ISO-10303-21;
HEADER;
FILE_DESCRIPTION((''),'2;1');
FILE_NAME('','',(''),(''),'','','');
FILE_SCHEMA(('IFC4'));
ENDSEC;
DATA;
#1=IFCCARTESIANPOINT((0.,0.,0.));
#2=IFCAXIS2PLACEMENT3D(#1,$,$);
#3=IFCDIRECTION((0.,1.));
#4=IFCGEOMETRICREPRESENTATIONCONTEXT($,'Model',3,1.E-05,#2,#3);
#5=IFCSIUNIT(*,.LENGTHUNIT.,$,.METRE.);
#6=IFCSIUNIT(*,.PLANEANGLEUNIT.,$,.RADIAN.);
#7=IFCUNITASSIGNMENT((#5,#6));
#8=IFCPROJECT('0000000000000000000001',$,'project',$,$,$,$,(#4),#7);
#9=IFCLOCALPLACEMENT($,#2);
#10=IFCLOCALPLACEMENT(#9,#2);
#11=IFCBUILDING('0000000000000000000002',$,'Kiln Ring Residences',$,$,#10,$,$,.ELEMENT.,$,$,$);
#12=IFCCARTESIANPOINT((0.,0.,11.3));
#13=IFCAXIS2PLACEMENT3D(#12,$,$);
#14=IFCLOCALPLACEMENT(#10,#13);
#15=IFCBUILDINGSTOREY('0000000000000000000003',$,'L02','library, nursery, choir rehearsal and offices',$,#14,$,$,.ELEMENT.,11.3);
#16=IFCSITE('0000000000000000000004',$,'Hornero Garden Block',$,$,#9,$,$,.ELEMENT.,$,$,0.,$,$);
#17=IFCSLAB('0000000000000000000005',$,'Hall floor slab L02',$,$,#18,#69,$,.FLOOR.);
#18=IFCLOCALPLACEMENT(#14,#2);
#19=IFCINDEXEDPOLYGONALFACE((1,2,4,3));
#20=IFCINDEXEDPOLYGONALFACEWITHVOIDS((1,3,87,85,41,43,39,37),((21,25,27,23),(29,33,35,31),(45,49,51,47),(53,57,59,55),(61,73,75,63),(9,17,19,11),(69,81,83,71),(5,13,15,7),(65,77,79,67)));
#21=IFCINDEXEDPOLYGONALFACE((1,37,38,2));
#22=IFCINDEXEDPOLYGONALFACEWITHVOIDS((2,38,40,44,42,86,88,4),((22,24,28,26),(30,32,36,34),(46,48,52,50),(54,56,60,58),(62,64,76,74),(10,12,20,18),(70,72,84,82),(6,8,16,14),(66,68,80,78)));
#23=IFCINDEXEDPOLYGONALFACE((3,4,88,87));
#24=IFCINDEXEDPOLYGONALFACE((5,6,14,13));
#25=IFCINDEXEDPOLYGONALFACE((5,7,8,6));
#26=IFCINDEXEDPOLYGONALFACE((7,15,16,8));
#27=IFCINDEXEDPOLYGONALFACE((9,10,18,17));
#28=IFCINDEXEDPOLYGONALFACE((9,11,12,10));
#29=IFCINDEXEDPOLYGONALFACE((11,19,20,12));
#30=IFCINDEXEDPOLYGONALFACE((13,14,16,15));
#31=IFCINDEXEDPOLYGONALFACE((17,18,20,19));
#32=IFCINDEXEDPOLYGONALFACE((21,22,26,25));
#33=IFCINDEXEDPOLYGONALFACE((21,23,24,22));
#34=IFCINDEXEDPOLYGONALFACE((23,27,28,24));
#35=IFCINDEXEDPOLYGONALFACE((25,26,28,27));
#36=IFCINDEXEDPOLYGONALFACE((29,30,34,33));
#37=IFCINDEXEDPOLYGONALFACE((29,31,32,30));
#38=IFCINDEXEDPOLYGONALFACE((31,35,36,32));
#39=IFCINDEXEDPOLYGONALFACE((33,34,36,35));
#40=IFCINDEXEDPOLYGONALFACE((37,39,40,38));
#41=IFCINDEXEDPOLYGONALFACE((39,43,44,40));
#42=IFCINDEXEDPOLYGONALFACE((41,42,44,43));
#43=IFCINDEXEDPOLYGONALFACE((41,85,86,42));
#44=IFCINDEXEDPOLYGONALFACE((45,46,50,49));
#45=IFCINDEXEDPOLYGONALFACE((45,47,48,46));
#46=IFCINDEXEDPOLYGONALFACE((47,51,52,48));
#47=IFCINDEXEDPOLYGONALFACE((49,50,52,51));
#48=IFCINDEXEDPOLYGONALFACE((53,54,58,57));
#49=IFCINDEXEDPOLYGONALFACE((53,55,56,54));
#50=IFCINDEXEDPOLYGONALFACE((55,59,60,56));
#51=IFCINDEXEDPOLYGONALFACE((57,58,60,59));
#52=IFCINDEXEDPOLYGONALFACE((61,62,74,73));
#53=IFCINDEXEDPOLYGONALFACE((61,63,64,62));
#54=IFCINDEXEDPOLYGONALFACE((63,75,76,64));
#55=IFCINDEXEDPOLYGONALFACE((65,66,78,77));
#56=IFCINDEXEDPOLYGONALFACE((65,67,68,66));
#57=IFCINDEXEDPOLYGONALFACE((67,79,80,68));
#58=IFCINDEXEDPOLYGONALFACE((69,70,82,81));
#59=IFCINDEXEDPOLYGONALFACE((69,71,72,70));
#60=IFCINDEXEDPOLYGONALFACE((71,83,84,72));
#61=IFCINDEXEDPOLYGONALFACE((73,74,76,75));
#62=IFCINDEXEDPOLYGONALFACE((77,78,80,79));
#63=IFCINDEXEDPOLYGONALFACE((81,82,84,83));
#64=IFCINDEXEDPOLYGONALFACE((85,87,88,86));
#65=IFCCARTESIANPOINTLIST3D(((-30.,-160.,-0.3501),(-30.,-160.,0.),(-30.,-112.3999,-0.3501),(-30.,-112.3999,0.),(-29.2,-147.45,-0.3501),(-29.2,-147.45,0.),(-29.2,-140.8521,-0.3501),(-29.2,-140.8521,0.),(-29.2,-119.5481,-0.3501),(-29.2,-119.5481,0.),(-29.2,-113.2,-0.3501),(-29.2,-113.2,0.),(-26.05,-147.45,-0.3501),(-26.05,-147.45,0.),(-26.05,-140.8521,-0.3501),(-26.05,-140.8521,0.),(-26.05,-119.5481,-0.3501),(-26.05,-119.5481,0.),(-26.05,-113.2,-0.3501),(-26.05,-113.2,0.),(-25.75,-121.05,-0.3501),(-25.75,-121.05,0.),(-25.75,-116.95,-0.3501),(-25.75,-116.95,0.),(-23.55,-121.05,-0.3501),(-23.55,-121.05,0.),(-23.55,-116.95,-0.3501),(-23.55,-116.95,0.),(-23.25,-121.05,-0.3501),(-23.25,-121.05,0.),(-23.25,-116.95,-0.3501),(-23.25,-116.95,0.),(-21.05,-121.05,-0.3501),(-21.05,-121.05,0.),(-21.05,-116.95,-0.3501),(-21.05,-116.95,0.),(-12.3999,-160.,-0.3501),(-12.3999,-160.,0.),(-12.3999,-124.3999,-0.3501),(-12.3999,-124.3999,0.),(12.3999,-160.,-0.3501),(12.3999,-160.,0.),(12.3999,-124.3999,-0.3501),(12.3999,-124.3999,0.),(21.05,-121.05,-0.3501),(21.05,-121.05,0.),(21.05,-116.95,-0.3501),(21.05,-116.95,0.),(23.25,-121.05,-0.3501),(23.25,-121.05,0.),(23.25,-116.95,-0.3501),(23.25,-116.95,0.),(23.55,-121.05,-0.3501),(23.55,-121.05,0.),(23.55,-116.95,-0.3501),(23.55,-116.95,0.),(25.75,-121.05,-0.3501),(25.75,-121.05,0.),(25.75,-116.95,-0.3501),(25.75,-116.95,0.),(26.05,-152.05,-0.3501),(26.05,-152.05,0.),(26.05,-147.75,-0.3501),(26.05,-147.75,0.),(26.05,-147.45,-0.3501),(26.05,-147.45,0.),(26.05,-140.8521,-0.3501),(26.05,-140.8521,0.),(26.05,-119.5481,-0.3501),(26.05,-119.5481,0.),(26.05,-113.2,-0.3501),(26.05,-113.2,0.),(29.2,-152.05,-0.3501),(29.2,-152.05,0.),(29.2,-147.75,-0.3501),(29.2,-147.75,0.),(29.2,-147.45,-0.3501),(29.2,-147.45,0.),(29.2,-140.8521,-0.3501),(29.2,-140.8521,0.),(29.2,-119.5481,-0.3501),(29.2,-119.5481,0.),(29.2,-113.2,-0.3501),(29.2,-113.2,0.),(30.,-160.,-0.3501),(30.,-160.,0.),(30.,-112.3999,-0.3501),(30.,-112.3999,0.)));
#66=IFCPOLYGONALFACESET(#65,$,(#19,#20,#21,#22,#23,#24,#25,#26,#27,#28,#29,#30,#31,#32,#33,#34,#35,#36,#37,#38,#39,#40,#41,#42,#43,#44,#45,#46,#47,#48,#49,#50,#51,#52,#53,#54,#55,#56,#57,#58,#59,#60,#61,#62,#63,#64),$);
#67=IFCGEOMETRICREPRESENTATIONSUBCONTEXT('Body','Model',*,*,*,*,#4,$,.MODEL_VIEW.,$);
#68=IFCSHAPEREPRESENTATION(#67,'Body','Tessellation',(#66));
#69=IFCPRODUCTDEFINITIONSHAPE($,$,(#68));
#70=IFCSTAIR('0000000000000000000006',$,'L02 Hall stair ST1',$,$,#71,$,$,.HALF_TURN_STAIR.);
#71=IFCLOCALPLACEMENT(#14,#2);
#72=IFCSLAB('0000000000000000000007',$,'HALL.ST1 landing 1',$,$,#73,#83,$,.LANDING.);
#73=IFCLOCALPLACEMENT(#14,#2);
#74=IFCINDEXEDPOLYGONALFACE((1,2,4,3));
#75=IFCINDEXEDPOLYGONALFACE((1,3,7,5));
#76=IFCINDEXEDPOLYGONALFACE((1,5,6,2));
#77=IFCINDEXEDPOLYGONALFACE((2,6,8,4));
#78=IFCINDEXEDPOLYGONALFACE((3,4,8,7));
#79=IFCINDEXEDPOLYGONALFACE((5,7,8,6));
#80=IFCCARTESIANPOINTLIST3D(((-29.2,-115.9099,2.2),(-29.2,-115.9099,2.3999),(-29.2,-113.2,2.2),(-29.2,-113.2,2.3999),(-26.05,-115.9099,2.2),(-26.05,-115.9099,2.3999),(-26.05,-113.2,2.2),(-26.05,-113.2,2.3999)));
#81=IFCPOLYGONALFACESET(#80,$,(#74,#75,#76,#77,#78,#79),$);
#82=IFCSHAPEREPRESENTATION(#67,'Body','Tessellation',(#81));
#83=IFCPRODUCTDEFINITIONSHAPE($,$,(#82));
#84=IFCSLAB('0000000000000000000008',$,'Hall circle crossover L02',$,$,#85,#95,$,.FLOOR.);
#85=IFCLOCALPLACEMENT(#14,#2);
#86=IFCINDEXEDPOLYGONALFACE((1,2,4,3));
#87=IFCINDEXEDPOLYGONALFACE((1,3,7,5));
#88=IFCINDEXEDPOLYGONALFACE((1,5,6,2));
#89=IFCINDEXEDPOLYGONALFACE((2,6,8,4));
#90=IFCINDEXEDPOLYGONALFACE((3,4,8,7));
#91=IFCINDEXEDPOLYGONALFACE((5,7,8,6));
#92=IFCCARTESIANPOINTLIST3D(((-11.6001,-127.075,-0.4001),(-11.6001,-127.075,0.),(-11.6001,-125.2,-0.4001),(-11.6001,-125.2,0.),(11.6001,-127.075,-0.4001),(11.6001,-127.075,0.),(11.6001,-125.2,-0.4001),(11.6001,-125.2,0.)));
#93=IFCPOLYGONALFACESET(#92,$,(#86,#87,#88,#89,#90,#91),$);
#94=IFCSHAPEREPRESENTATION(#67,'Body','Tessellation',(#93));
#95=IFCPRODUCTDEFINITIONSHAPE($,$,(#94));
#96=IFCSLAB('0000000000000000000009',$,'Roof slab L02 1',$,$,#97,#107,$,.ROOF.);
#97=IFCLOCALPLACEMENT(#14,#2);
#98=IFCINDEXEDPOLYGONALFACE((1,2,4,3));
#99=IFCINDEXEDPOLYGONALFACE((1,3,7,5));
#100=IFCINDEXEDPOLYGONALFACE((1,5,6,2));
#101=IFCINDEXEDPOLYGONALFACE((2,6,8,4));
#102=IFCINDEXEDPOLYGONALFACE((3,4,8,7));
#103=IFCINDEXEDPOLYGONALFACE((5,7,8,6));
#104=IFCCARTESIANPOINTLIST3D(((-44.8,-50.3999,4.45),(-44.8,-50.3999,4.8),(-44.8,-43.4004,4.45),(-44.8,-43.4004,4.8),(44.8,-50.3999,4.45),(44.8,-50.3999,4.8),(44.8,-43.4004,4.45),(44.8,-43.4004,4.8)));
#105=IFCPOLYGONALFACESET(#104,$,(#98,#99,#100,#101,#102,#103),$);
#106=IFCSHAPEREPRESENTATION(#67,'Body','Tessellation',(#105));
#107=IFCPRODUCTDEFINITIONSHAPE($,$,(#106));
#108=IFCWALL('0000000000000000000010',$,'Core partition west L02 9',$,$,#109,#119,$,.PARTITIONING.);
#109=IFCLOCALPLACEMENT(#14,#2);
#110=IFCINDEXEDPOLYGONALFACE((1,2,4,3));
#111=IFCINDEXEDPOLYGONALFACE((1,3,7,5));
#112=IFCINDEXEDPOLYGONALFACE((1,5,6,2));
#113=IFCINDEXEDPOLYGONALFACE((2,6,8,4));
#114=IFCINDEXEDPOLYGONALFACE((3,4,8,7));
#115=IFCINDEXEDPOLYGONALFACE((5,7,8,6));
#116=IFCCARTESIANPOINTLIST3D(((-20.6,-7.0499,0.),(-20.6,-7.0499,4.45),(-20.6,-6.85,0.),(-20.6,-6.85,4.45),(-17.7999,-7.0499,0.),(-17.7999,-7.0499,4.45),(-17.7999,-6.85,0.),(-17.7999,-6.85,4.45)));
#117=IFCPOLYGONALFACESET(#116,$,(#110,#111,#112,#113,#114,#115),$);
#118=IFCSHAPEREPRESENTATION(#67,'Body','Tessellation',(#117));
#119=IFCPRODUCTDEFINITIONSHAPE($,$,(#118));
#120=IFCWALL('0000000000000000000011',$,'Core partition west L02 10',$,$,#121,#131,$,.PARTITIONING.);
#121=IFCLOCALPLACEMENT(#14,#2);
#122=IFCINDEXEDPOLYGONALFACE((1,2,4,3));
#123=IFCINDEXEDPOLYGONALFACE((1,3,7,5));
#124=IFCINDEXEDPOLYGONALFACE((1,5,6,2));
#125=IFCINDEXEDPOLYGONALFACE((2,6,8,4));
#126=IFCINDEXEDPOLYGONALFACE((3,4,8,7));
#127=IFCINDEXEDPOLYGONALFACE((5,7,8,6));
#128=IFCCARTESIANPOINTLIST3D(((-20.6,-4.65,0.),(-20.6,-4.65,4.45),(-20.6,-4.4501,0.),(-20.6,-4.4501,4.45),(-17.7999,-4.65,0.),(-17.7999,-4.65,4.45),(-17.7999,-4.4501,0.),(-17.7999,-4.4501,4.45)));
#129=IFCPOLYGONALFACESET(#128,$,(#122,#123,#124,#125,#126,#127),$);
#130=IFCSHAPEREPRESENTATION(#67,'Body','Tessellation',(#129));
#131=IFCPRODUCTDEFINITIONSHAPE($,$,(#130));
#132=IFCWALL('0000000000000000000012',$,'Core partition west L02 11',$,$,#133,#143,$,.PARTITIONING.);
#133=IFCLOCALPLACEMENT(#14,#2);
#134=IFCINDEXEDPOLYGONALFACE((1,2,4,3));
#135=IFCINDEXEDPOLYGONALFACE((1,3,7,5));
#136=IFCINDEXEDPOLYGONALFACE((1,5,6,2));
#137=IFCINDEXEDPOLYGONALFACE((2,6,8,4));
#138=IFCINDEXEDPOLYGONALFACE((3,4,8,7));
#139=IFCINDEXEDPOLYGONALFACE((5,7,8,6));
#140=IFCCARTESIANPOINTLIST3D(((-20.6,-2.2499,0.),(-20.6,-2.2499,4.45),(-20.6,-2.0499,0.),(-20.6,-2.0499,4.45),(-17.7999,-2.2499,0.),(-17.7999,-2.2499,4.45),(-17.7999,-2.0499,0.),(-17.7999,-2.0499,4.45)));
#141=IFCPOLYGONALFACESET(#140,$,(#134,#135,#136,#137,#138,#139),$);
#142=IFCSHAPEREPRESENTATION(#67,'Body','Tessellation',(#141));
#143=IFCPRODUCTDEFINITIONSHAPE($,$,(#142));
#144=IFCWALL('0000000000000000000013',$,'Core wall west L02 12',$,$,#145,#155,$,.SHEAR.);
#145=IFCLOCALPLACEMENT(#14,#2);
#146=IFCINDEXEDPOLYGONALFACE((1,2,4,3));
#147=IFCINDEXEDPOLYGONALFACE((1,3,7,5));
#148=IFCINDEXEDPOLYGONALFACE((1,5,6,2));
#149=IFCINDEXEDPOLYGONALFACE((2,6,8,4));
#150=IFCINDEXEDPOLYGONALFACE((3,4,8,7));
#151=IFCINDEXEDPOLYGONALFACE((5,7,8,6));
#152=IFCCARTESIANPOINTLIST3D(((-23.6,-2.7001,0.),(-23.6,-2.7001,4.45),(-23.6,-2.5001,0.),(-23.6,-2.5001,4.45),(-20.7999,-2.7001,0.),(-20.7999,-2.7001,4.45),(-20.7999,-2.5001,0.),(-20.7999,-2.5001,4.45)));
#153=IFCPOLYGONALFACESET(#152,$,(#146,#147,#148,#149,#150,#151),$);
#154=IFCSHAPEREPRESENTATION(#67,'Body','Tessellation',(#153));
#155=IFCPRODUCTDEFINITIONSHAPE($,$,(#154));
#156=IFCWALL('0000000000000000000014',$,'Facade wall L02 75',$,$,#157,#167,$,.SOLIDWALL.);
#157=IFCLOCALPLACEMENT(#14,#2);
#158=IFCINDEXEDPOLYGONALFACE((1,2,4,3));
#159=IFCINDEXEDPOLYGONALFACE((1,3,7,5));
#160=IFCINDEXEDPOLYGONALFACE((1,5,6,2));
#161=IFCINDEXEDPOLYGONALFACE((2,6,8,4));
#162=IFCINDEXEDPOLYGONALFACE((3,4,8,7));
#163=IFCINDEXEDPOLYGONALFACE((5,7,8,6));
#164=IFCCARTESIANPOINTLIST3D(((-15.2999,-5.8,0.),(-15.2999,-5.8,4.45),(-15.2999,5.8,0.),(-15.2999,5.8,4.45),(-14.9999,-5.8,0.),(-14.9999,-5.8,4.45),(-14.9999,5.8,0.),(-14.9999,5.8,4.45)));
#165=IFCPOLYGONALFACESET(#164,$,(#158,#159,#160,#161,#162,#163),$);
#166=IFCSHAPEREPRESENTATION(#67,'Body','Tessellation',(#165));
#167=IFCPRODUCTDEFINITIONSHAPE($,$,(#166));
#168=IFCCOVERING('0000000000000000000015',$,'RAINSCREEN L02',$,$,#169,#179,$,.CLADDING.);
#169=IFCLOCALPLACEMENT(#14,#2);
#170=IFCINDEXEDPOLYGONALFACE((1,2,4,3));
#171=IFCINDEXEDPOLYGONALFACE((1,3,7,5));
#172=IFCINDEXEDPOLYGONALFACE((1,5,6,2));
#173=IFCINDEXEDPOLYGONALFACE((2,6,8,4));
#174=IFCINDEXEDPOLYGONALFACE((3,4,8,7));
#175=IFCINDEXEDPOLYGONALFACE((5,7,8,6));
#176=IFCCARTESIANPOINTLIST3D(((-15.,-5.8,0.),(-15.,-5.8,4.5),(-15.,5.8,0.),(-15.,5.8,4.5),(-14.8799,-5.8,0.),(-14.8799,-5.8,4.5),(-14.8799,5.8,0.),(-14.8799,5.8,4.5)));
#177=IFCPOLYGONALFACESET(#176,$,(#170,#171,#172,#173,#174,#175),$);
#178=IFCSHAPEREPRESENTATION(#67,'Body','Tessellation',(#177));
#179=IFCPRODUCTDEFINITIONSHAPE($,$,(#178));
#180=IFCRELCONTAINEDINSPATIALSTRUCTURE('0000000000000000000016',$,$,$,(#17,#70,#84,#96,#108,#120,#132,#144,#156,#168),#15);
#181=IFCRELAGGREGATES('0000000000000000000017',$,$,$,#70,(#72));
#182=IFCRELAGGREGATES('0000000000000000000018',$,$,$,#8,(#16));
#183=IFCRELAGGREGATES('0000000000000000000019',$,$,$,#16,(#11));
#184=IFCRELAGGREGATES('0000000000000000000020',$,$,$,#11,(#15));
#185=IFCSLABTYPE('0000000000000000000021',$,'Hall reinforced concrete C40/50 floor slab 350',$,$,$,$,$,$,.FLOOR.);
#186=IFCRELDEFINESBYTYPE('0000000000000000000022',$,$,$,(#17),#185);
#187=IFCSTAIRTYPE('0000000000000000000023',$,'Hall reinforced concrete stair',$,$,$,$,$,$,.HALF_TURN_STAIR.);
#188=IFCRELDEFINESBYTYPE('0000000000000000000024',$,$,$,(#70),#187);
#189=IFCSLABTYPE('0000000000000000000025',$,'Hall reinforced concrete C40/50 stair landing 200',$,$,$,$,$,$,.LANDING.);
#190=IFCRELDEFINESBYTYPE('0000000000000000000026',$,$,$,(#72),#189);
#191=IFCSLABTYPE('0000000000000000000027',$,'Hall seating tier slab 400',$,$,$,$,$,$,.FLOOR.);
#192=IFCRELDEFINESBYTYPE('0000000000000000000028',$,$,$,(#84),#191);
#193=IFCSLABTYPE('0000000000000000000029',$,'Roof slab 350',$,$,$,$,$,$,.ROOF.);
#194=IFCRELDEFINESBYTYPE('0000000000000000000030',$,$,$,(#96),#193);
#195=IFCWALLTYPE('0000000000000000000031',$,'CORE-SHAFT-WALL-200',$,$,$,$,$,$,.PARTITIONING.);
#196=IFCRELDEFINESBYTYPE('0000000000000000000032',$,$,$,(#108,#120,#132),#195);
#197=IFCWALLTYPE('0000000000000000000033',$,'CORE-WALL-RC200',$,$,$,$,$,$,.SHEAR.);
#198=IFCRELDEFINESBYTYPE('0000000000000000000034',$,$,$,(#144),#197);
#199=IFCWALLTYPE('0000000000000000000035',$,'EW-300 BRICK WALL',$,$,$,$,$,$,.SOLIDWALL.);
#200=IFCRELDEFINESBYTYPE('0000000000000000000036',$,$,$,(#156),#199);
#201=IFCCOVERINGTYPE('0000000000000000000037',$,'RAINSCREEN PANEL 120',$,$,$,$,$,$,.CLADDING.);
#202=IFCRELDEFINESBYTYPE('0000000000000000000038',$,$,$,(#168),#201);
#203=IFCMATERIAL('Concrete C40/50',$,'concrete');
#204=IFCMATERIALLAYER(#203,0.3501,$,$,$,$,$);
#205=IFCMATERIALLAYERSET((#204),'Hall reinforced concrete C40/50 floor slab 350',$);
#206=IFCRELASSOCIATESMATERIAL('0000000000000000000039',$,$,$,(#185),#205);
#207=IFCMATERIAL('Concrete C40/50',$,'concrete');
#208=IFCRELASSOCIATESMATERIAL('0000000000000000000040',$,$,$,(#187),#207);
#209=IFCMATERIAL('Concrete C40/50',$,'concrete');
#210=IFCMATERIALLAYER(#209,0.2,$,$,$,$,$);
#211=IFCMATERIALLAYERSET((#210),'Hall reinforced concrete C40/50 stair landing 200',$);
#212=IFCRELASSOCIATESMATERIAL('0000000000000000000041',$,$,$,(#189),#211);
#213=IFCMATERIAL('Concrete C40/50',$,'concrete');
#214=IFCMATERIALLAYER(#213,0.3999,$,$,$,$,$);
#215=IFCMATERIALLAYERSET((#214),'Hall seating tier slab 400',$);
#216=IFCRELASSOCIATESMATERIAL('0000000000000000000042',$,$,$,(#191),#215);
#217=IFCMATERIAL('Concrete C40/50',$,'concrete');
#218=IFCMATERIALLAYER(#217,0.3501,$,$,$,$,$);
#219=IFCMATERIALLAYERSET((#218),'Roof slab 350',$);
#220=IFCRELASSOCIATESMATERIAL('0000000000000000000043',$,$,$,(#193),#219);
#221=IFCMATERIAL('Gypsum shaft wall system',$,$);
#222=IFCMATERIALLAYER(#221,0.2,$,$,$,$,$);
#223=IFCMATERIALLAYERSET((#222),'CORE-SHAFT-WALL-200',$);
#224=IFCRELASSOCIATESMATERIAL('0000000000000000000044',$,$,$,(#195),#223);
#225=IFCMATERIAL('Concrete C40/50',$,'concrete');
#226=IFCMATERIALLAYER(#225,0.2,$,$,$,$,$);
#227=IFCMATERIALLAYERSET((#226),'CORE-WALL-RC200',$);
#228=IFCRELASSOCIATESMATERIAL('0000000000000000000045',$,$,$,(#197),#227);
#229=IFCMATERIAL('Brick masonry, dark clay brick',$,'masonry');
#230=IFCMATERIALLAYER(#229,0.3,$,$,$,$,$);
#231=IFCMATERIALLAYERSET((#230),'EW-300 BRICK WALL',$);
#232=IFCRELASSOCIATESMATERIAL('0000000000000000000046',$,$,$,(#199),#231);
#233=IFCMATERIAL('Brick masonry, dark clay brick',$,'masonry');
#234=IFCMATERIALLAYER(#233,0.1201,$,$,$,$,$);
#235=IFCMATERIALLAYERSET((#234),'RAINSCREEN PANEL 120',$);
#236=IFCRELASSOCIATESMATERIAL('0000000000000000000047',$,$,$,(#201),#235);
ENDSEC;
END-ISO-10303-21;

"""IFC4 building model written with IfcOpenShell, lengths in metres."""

from ifc_helpers import new_model, si_unit, direction, frame, frame_2d, origin, place, context, subcontext, project, spatial, polyline, rectangle, outline, extrude, material, layer, layer_set, type_object, element, aggregate, save


model = new_model("IFC4")

# Units and contexts
model_context = context("Model", 3, precision=1e-05, world=origin(), true_north=direction((0.0, 1.0)))
body_context = subcontext(model_context, "Body", "Model", "MODEL_VIEW")
ifc_project = project(units=[si_unit("LENGTHUNIT", "METRE"), si_unit("PLANEANGLEUNIT", "RADIAN")], contexts=[model_context])

# Site, building, storey
site_placement = place(None, origin())
site = spatial("IfcSite", under=ifc_project, at=site_placement, Name="Hornero Garden Block", CompositionType="ELEMENT", RefElevation=0.0)
building_placement = place(site_placement, origin())
building = spatial("IfcBuilding", under=site, at=building_placement, Name="Kiln Ring Residences", CompositionType="ELEMENT")
storey_placement = place(building_placement, frame((0.0, 0.0, 11.3)))
storey = spatial("IfcBuildingStorey", under=building, at=storey_placement, Name="L02", Description="library, nursery, choir rehearsal and offices", CompositionType="ELEMENT", Elevation=11.3)

# Shared definitions
placement_1 = place(storey_placement, origin())
placement_2 = place(storey_placement, frame((0.0, 0.0, 2.2)))

# Slab
placement_3 = place(storey_placement, frame((0.0, 0.0, -0.3501)))
ifc_material_1 = material(Name="Concrete C40/50", Category="concrete")
ifc_layer_1 = layer(ifc_material_1, 0.3501)
ifc_layer_set_1 = layer_set([ifc_layer_1], Name="Hall reinforced concrete C40/50 floor slab 350")
slab_type_1 = type_object("IfcSlabType", Name="Hall reinforced concrete C40/50 floor slab 350", PredefinedType="FLOOR", material=ifc_layer_set_1)
element("IfcSlab", 1, at=placement_3, inside=storey, type_object=slab_type_1, Name="Hall floor slab L02", PredefinedType="FLOOR", context=body_context, shape_type="SweptSolid", body=[
    extrude(outline(polyline([(-30.0, -112.3999), (30.0, -112.3999), (30.0, -160.0), (12.3999, -160.0), (12.3999, -124.3999), (-12.3999, -124.3999), (-12.3999, -160.0), (-30.0, -160.0), (-30.0, -112.3999)]), holes=[polyline([(-25.75, -121.05), (-23.55, -121.05), (-23.55, -116.95), (-25.75, -116.95), (-25.75, -121.05)]), polyline([(-23.25, -116.95), (-23.25, -121.05), (-21.05, -121.05), (-21.05, -116.95), (-23.25, -116.95)]), polyline([(23.25, -116.95), (21.05, -116.95), (21.05, -121.05), (23.25, -121.05), (23.25, -116.95)]), polyline([(25.75, -121.05), (25.75, -116.95), (23.55, -116.95), (23.55, -121.05), (25.75, -121.05)]), polyline([(26.05, -152.05), (29.2, -152.05), (29.2, -147.75), (26.05, -147.75), (26.05, -152.05)]), polyline([(-26.05, -119.5481), (-26.05, -113.2), (-29.2, -113.2), (-29.2, -119.5481), (-26.05, -119.5481)]), polyline([(26.05, -119.5481), (29.2, -119.5481), (29.2, -113.2), (26.05, -113.2), (26.05, -119.5481)]), polyline([(-26.05, -147.45), (-26.05, -140.8521), (-29.2, -140.8521), (-29.2, -147.45), (-26.05, -147.45)]), polyline([(26.05, -147.45), (29.2, -147.45), (29.2, -140.8521), (26.05, -140.8521), (26.05, -147.45)])]), origin(), (0.0, 0.0, 1.0), 0.3501),
])

# Stair, slab
ifc_material_2 = material(Name="Concrete C40/50", Category="concrete")
stair_type_1 = type_object("IfcStairType", Name="Hall reinforced concrete stair", PredefinedType="HALF_TURN_STAIR", material=ifc_material_2)
stair_1 = element("IfcStair", 2, at=placement_1, inside=storey, type_object=stair_type_1, Name="L02 Hall stair ST1", PredefinedType="HALF_TURN_STAIR")
ifc_material_3 = material(Name="Concrete C40/50", Category="concrete")
ifc_layer_2 = layer(ifc_material_3, 0.2)
ifc_layer_set_2 = layer_set([ifc_layer_2], Name="Hall reinforced concrete C40/50 stair landing 200")
slab_type_2 = type_object("IfcSlabType", Name="Hall reinforced concrete C40/50 stair landing 200", PredefinedType="LANDING", material=ifc_layer_set_2)
slab_1 = element("IfcSlab", 3, at=placement_2, type_object=slab_type_2, Name="HALL.ST1 landing 1", PredefinedType="LANDING", context=body_context, shape_type="SweptSolid", body=[
    extrude(outline(polyline([(-26.05, -115.9099), (-26.05, -113.2), (-29.2, -113.2), (-29.2, -115.9099), (-26.05, -115.9099)])), origin(), (0.0, 0.0, 1.0), 0.2),
])
aggregate(stair_1, [slab_1])

# Slabs
ifc_material_4 = material(Name="Concrete C40/50", Category="concrete")
ifc_layer_3 = layer(ifc_material_4, 0.3999)
ifc_layer_set_3 = layer_set([ifc_layer_3], Name="Hall seating tier slab 400")
slab_type_3 = type_object("IfcSlabType", Name="Hall seating tier slab 400", PredefinedType="FLOOR", material=ifc_layer_set_3)
slab_2_placement = place(storey_placement, frame((0.0, 0.0, -0.4001)))
element("IfcSlab", 4, at=slab_2_placement, inside=storey, type_object=slab_type_3, Name="Hall circle crossover L02", PredefinedType="FLOOR", context=body_context, shape_type="SweptSolid", body=[
    extrude(outline(polyline([(-11.6001, -127.075), (11.6001, -127.075), (11.6001, -125.2), (-11.6001, -125.2), (-11.6001, -127.075)])), origin(), (0.0, 0.0, 1.0), 0.4001),
])
ifc_material_5 = material(Name="Concrete C40/50", Category="concrete")
ifc_layer_4 = layer(ifc_material_5, 0.3501)
ifc_layer_set_4 = layer_set([ifc_layer_4], Name="Roof slab 350")
slab_type_4 = type_object("IfcSlabType", Name="Roof slab 350", PredefinedType="ROOF", material=ifc_layer_set_4)
slab_3_placement = place(storey_placement, frame((0.0, 0.0, 4.45)))
element("IfcSlab", 5, at=slab_3_placement, inside=storey, type_object=slab_type_4, Name="Roof slab L02 1", PredefinedType="ROOF", context=body_context, shape_type="SweptSolid", body=[
    extrude(outline(polyline([(44.8, -43.4004), (-44.8, -43.4004), (-44.8, -50.3999), (44.8, -50.3999), (44.8, -43.4004)])), origin(), (0.0, 0.0, 1.0), 0.3501),
])

# Walls
ifc_material_6 = material(Name="Gypsum shaft wall system")
ifc_layer_5 = layer(ifc_material_6, 0.2)
ifc_layer_set_5 = layer_set([ifc_layer_5], Name="CORE-SHAFT-WALL-200")
wall_type_1 = type_object("IfcWallType", Name="CORE-SHAFT-WALL-200", PredefinedType="PARTITIONING", material=ifc_layer_set_5)
for number, where, z_axis, x_axis, name in (
    (6, (-17.8, -6.95, 0.0), (0.0, 0.0, 1.0), (-1.0, 0.0, 0.0), "Core partition west L02 9"),
    (7, (-17.8, -4.55, 0.0), (0.0, 0.0, 1.0), (-1.0, 0.0, 0.0), "Core partition west L02 10"),
    (8, (-17.8, -2.1499, 0.0), (0.0, 0.0, 1.0), (-1.0, 0.0, 0.0), "Core partition west L02 11"),
):
    element("IfcWall", number, at=place(storey_placement, frame(where, z_axis=z_axis, x_axis=x_axis)), inside=storey, type_object=wall_type_1, Name=name, PredefinedType="PARTITIONING", context=body_context, shape_type="SweptSolid", body=[
        extrude(rectangle(XDim=2.8, YDim=0.2, at=frame_2d((1.3999, 0.0))), origin(), (0.0, 0.0, 1.0), 4.45),
    ])
ifc_material_7 = material(Name="Concrete C40/50", Category="concrete")
ifc_layer_6 = layer(ifc_material_7, 0.2)
ifc_layer_set_6 = layer_set([ifc_layer_6], Name="CORE-WALL-RC200")
wall_type_2 = type_object("IfcWallType", Name="CORE-WALL-RC200", PredefinedType="SHEAR", material=ifc_layer_set_6)
wall_1_placement = place(storey_placement, frame((-20.8, -2.6001, 0.0), z_axis=(0.0, 0.0, 1.0), x_axis=(-1.0, 0.0, 0.0)))
element("IfcWall", 9, at=wall_1_placement, inside=storey, type_object=wall_type_2, Name="Core wall west L02 12", PredefinedType="SHEAR", context=body_context, shape_type="SweptSolid", body=[
    extrude(rectangle(XDim=2.8, YDim=0.2, at=frame_2d((1.3999, 0.0))), origin(), (0.0, 0.0, 1.0), 4.45),
])
ifc_material_8 = material(Name="Brick masonry, dark clay brick", Category="masonry")
ifc_layer_7 = layer(ifc_material_8, 0.3)
ifc_layer_set_7 = layer_set([ifc_layer_7], Name="EW-300 BRICK WALL")
wall_type_3 = type_object("IfcWallType", Name="EW-300 BRICK WALL", PredefinedType="SOLIDWALL", material=ifc_layer_set_7)
wall_2_placement = place(storey_placement, frame((-15.1499, -5.8, 0.0), z_axis=(0.0, 0.0, 1.0), x_axis=(0.0, 1.0, 0.0)))
element("IfcWall", 10, at=wall_2_placement, inside=storey, type_object=wall_type_3, Name="Facade wall L02 75", PredefinedType="SOLIDWALL", context=body_context, shape_type="SweptSolid", body=[
    extrude(rectangle(XDim=11.6001, YDim=0.3, at=frame_2d((5.8, 0.0))), origin(), (0.0, 0.0, 1.0), 4.45),
])

# Covering
ifc_material_9 = material(Name="Brick masonry, dark clay brick", Category="masonry")
ifc_layer_8 = layer(ifc_material_9, 0.1201)
ifc_layer_set_8 = layer_set([ifc_layer_8], Name="RAINSCREEN PANEL 120")
covering_type_1 = type_object("IfcCoveringType", Name="RAINSCREEN PANEL 120", PredefinedType="CLADDING", material=ifc_layer_set_8)
covering_1_placement = place(storey_placement, frame((-14.9399, -5.8, 0.0), z_axis=(0.0, 0.0, 1.0), x_axis=(0.0, 1.0, 0.0)))
element("IfcCovering", 11, at=covering_1_placement, inside=storey, type_object=covering_type_1, Name="RAINSCREEN L02", PredefinedType="CLADDING", context=body_context, shape_type="SweptSolid", body=[
    extrude(outline(polyline([(0.0, 0.0), (11.6001, 0.0), (11.6001, 4.5), (0.0, 4.5), (0.0, 0.0)])), frame((0.0, 0.0601, 0.0), z_axis=(0.0, -1.0, 0.0), x_axis=(1.0, 0.0, 0.0)), (0.0, 0.0, 1.0), 0.1201),
])

save(model, "model.ifc")
